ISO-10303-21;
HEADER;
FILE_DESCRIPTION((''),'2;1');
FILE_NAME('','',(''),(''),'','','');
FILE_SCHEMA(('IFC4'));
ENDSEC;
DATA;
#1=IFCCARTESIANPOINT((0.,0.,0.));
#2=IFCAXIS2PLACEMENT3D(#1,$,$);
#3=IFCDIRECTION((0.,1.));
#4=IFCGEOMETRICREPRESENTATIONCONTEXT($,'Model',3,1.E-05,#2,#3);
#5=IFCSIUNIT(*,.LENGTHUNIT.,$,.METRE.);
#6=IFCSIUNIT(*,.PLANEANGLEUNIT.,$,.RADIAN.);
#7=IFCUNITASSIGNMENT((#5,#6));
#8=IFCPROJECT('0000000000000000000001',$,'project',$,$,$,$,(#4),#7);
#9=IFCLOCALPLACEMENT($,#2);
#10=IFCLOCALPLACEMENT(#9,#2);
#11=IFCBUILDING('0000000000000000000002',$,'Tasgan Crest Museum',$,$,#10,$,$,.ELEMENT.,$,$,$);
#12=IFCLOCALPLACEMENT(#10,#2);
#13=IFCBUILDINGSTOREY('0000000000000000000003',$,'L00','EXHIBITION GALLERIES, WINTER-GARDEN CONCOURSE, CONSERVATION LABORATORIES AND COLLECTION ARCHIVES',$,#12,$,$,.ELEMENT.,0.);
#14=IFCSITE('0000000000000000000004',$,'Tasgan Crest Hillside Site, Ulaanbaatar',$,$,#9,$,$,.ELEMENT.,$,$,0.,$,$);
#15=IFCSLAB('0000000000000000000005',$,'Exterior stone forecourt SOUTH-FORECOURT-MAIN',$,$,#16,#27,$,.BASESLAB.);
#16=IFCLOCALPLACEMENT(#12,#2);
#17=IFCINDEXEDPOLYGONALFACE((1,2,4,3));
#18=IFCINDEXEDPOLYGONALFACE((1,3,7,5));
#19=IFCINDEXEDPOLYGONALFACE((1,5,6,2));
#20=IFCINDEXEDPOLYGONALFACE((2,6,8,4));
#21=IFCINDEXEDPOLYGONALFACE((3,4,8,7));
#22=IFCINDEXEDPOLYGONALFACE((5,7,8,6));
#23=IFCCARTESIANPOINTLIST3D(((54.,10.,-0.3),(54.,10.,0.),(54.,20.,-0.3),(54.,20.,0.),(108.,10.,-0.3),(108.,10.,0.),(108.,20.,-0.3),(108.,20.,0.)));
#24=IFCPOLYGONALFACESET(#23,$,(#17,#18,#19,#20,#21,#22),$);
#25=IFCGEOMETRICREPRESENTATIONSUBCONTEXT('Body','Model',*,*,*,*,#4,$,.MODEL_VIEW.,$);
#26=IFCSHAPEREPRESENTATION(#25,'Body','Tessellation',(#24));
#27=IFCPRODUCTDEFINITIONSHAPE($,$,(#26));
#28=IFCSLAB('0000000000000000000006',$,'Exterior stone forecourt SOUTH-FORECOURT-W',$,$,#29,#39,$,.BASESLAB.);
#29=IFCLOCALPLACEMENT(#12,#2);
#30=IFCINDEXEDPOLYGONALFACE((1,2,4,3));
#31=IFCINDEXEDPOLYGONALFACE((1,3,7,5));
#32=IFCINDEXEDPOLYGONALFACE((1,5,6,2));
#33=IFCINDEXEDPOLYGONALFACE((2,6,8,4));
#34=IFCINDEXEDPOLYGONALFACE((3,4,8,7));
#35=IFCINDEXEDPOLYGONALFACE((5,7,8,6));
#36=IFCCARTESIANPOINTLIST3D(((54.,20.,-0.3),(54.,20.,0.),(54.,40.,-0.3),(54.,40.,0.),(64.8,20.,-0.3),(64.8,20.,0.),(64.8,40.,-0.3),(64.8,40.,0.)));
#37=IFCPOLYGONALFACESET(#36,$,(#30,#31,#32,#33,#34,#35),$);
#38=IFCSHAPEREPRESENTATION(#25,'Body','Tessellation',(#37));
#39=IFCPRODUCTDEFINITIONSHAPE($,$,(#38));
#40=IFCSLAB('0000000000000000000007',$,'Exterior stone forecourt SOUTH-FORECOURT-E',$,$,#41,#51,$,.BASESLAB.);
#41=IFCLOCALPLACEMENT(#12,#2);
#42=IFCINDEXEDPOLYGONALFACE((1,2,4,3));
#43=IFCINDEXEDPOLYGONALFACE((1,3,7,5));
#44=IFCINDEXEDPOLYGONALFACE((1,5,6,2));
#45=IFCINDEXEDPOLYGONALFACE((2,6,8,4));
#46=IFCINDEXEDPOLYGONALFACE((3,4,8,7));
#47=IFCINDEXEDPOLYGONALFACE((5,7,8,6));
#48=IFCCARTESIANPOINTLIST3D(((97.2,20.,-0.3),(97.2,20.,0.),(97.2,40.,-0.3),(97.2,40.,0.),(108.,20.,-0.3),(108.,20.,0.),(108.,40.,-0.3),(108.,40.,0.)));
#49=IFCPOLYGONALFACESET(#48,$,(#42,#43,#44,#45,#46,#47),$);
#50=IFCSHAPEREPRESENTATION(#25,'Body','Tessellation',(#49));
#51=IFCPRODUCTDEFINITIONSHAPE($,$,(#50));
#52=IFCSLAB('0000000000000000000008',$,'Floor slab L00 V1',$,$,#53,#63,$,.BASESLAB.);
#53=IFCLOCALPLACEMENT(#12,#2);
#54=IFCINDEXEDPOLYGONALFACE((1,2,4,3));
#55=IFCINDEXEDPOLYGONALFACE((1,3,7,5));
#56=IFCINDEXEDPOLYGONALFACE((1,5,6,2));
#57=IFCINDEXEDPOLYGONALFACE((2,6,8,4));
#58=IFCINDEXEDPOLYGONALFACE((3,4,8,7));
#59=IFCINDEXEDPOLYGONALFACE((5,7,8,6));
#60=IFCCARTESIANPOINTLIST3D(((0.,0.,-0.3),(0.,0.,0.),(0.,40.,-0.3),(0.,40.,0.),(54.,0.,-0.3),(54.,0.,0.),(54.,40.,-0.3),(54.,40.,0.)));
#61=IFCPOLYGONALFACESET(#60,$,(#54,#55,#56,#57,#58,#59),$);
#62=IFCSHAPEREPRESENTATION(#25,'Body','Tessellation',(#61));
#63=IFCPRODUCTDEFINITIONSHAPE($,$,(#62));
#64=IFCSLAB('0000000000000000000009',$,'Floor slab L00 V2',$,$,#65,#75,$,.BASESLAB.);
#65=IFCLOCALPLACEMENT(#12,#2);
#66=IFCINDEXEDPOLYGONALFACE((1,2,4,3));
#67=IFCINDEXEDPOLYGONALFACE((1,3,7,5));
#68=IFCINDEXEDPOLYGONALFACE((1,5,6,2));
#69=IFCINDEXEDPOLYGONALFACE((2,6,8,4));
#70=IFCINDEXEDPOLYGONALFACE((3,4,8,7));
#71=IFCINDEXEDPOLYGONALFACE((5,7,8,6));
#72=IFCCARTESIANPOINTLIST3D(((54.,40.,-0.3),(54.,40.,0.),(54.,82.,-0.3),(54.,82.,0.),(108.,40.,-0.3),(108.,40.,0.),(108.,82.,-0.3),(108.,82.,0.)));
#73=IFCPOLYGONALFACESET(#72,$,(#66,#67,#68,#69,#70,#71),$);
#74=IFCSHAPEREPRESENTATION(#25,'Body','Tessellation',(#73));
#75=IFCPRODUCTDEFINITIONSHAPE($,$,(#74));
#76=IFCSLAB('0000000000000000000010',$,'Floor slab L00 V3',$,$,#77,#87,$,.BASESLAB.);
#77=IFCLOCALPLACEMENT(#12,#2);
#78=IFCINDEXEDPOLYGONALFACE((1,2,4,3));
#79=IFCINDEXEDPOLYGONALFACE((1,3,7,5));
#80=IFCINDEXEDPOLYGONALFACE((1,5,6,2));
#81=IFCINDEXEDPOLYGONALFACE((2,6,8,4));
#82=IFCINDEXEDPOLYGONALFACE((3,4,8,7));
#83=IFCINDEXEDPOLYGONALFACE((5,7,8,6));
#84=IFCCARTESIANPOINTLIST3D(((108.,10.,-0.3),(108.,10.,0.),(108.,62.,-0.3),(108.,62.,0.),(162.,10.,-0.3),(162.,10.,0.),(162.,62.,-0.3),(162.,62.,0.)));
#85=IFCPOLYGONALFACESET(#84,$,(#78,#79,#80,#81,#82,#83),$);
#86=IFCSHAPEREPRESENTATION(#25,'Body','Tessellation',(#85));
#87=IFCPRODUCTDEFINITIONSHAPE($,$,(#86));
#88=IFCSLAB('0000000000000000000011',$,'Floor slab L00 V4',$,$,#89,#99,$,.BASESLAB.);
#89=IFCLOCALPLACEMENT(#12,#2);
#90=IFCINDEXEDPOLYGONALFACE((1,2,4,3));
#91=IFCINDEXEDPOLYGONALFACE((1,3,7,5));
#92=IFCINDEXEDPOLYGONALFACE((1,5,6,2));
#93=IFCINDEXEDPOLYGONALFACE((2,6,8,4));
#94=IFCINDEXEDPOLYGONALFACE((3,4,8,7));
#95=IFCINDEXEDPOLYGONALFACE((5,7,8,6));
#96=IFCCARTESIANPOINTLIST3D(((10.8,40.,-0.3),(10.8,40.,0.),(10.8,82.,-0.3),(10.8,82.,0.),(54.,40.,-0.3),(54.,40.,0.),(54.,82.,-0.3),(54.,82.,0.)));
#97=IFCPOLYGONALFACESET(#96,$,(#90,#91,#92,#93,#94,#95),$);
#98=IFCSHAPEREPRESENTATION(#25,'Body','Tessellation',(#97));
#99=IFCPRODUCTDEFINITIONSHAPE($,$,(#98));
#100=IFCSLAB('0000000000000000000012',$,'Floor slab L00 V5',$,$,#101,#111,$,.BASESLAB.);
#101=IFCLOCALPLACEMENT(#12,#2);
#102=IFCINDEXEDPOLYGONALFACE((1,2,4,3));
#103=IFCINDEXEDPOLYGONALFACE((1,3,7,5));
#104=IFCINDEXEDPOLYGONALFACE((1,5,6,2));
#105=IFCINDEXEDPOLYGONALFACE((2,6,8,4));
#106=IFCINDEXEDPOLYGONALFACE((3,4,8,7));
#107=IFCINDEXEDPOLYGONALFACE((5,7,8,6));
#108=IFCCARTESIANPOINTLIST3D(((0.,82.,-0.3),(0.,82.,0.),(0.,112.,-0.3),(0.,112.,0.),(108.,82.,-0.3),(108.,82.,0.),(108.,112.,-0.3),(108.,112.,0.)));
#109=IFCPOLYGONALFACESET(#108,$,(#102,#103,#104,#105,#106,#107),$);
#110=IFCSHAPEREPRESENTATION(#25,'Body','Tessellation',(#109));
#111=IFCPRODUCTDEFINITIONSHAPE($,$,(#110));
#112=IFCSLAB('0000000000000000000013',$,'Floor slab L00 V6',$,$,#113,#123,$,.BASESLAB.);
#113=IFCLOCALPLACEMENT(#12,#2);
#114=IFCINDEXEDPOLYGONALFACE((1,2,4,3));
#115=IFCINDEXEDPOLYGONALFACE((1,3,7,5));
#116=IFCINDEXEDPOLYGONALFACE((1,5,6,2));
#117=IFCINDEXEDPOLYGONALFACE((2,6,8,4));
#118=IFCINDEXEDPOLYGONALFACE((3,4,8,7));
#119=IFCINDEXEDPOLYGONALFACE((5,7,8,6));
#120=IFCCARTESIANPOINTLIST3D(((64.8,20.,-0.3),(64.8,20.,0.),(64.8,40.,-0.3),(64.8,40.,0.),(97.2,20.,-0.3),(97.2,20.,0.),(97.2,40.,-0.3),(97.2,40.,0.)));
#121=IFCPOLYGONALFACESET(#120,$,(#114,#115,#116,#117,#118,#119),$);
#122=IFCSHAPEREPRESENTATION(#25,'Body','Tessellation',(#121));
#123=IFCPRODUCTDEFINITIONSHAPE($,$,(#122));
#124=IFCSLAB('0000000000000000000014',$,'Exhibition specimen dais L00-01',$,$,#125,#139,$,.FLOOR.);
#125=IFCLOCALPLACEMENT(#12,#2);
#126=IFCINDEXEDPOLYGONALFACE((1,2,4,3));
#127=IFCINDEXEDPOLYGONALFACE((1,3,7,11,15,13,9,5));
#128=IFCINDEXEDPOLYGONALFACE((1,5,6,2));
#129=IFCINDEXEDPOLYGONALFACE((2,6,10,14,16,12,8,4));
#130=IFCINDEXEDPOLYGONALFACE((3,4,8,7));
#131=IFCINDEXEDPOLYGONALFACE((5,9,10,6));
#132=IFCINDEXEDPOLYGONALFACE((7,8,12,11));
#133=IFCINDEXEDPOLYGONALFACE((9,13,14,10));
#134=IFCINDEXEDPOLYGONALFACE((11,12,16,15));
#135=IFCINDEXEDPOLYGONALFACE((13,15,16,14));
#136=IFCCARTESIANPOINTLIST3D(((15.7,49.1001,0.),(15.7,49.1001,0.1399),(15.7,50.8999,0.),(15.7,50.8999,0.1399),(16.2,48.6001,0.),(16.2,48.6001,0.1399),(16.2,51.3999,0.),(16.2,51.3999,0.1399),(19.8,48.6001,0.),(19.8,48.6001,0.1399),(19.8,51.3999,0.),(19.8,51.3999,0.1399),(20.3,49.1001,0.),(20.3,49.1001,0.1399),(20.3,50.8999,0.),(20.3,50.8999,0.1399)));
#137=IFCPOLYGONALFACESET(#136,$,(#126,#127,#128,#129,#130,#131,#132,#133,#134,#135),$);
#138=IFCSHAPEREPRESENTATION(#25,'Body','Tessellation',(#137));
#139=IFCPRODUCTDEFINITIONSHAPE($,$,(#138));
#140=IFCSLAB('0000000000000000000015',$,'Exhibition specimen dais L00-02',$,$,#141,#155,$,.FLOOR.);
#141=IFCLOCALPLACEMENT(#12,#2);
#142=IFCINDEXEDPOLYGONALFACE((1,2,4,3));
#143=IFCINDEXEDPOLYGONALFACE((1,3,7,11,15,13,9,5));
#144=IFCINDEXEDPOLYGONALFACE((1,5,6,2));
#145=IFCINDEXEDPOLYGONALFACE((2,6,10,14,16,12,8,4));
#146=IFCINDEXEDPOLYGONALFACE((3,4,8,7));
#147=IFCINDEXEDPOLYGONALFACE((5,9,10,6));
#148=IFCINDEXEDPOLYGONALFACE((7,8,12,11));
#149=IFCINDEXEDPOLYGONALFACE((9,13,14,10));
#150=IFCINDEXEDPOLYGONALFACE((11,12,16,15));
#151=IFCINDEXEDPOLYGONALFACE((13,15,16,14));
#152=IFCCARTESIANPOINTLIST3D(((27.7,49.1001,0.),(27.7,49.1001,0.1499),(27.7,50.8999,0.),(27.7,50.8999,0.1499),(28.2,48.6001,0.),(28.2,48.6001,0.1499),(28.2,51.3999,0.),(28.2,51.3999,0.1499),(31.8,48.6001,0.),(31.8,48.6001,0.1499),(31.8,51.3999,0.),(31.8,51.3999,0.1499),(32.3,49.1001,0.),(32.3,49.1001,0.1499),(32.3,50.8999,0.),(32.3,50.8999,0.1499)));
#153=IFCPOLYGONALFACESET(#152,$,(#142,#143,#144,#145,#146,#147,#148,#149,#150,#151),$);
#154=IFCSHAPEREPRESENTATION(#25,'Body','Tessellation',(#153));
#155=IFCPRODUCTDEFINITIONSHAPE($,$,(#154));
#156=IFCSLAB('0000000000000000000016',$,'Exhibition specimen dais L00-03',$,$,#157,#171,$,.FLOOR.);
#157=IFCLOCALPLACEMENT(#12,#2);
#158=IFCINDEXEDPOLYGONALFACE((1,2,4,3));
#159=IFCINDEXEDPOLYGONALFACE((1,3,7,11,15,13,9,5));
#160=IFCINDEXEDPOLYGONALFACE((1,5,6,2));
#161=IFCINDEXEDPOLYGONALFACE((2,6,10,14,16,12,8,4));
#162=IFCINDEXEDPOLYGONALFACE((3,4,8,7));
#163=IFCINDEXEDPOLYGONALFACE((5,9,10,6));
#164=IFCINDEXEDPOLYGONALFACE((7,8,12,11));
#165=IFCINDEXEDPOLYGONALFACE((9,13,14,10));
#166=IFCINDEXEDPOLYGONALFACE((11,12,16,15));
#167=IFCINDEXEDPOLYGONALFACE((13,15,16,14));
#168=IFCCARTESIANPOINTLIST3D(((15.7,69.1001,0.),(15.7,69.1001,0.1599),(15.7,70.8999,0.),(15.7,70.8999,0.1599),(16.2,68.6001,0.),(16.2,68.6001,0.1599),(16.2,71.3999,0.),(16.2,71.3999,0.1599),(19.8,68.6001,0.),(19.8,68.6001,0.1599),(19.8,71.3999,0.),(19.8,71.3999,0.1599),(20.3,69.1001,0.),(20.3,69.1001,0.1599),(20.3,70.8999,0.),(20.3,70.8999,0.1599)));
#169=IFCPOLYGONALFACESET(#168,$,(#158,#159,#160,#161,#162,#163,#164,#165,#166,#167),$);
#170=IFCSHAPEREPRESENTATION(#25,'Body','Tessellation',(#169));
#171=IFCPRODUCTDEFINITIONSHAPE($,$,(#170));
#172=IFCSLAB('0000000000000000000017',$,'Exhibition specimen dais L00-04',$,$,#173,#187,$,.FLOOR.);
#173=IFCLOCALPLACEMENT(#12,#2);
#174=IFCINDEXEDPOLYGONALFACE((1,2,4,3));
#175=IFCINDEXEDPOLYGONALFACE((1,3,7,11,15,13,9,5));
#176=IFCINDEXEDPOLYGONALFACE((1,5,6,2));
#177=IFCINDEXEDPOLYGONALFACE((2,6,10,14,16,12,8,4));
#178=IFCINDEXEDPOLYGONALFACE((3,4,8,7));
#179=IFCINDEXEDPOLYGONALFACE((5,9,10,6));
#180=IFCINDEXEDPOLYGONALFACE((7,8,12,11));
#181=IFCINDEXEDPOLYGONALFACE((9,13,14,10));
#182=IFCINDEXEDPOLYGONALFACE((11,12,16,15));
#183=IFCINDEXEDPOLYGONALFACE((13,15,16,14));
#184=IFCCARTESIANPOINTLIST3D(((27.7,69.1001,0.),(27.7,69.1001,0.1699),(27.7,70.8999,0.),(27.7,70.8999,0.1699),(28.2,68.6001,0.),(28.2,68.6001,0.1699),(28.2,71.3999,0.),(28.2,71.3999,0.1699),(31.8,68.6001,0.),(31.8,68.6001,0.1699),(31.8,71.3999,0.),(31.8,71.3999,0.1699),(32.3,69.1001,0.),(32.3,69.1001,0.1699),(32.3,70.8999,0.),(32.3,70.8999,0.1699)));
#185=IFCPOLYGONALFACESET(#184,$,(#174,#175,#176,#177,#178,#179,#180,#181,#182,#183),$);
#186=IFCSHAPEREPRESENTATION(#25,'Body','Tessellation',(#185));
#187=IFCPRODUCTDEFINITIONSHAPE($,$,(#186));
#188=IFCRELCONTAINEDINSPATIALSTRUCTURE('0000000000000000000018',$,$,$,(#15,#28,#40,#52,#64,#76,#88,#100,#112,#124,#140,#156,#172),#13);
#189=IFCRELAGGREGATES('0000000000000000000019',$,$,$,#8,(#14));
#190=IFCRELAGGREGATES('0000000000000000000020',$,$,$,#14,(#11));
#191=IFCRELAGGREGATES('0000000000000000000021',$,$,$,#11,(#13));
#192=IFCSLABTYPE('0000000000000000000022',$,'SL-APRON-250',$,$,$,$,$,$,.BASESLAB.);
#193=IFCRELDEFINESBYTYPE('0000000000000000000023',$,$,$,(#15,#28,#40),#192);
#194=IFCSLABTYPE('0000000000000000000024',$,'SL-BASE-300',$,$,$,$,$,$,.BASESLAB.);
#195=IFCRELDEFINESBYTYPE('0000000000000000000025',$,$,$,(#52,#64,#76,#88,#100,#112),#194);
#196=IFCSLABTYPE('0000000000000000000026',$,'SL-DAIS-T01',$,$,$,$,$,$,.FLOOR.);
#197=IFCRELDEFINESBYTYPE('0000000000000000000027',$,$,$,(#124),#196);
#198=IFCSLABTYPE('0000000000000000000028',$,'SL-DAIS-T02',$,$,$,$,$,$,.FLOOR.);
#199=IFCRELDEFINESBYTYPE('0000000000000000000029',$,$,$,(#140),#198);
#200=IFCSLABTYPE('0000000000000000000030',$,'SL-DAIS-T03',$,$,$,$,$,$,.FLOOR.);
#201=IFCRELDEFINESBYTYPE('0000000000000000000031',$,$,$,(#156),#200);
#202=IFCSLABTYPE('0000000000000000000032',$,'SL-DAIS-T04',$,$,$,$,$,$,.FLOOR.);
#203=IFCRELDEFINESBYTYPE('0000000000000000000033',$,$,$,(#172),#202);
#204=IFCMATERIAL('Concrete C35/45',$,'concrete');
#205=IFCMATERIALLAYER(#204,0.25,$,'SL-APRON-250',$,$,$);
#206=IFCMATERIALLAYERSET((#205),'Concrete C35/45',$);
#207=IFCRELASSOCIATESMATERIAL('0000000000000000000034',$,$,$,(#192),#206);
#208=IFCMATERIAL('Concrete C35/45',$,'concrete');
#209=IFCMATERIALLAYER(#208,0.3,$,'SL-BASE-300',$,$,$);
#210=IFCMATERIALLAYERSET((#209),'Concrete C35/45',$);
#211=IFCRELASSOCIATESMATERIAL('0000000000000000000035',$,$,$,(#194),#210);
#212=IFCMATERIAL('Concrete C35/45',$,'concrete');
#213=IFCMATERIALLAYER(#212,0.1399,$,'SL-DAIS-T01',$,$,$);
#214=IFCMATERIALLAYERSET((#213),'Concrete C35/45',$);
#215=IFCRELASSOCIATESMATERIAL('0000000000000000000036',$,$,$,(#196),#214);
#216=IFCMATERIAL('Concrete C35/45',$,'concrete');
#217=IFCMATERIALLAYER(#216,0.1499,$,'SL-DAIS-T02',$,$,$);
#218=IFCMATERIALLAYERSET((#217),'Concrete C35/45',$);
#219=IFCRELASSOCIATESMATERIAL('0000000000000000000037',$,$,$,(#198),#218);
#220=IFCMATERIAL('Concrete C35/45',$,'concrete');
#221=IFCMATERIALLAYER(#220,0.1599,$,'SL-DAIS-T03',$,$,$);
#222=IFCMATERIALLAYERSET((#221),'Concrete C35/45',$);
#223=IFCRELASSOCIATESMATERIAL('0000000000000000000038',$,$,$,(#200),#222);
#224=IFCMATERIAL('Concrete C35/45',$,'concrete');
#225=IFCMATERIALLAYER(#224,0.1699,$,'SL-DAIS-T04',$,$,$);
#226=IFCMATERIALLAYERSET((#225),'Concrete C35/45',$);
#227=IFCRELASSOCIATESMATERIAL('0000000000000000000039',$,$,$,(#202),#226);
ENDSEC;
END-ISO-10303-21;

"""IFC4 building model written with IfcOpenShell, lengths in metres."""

from ifc_helpers import new_model, si_unit, direction, frame, origin, place, context, subcontext, project, spatial, polyline, outline, extrude, material, layer, layer_set, type_object, element, save


model = new_model("IFC4")

# Units and contexts
model_context = context("Model", 3, precision=1e-05, world=origin(), true_north=direction((0.0, 1.0)))
body_context = subcontext(model_context, "Body", "Model", "MODEL_VIEW")
ifc_project = project(units=[si_unit("LENGTHUNIT", "METRE"), si_unit("PLANEANGLEUNIT", "RADIAN")], contexts=[model_context])

# Site, building, storey
site_placement = place(None, origin())
site = spatial("IfcSite", under=ifc_project, at=site_placement, Name="Tasgan Crest Hillside Site, Ulaanbaatar", CompositionType="ELEMENT", RefElevation=0.0)
building_placement = place(site_placement, origin())
building = spatial("IfcBuilding", under=site, at=building_placement, Name="Tasgan Crest Museum", CompositionType="ELEMENT")
storey_placement = place(building_placement, origin())
storey = spatial("IfcBuildingStorey", under=building, at=storey_placement, Name="L00", Description="EXHIBITION GALLERIES, WINTER-GARDEN CONCOURSE, CONSERVATION LABORATORIES AND COLLECTION ARCHIVES", CompositionType="ELEMENT", Elevation=0.0)

# Slabs
ifc_material_1 = material(Name="Concrete C35/45", Category="concrete")
ifc_layer_1 = layer(ifc_material_1, 0.25, Name="SL-APRON-250")
ifc_layer_set_1 = layer_set([ifc_layer_1], Name="Concrete C35/45")
slab_type_1 = type_object("IfcSlabType", Name="SL-APRON-250", PredefinedType="BASESLAB", material=ifc_layer_set_1)
slab_1_placement = place(storey_placement, frame((0.0, 0.0, -0.3)))
element("IfcSlab", 1, at=slab_1_placement, inside=storey, type_object=slab_type_1, Name="Exterior stone forecourt SOUTH-FORECOURT-MAIN", PredefinedType="BASESLAB", context=body_context, shape_type="SweptSolid", body=[
    extrude(outline(polyline([(54.0, 10.0), (108.0, 10.0), (108.0, 20.0), (54.0, 20.0), (54.0, 10.0)])), origin(), (0.0, 0.0, 1.0), 0.3),
])
slab_2_placement = place(storey_placement, frame((0.0, 0.0, -0.3)))
element("IfcSlab", 2, at=slab_2_placement, inside=storey, type_object=slab_type_1, Name="Exterior stone forecourt SOUTH-FORECOURT-W", PredefinedType="BASESLAB", context=body_context, shape_type="SweptSolid", body=[
    extrude(outline(polyline([(54.0, 20.0), (64.8, 20.0), (64.8, 40.0), (54.0, 40.0), (54.0, 20.0)])), origin(), (0.0, 0.0, 1.0), 0.3),
])
slab_3_placement = place(storey_placement, frame((0.0, 0.0, -0.3)))
element("IfcSlab", 3, at=slab_3_placement, inside=storey, type_object=slab_type_1, Name="Exterior stone forecourt SOUTH-FORECOURT-E", PredefinedType="BASESLAB", context=body_context, shape_type="SweptSolid", body=[
    extrude(outline(polyline([(97.2, 20.0), (108.0, 20.0), (108.0, 40.0), (97.2, 40.0), (97.2, 20.0)])), origin(), (0.0, 0.0, 1.0), 0.3),
])
ifc_material_2 = material(Name="Concrete C35/45", Category="concrete")
ifc_layer_2 = layer(ifc_material_2, 0.3, Name="SL-BASE-300")
ifc_layer_set_2 = layer_set([ifc_layer_2], Name="Concrete C35/45")
slab_type_2 = type_object("IfcSlabType", Name="SL-BASE-300", PredefinedType="BASESLAB", material=ifc_layer_set_2)
slab_4_placement = place(storey_placement, frame((0.0, 0.0, -0.3)))
element("IfcSlab", 4, at=slab_4_placement, inside=storey, type_object=slab_type_2, Name="Floor slab L00 V1", PredefinedType="BASESLAB", context=body_context, shape_type="SweptSolid", body=[
    extrude(outline(polyline([(0.0, 0.0), (54.0, 0.0), (54.0, 40.0), (0.0, 40.0), (0.0, 0.0)])), origin(), (0.0, 0.0, 1.0), 0.3),
])
slab_5_placement = place(storey_placement, frame((0.0, 0.0, -0.3)))
element("IfcSlab", 5, at=slab_5_placement, inside=storey, type_object=slab_type_2, Name="Floor slab L00 V2", PredefinedType="BASESLAB", context=body_context, shape_type="SweptSolid", body=[
    extrude(outline(polyline([(54.0, 40.0), (108.0, 40.0), (108.0, 82.0), (54.0, 82.0), (54.0, 40.0)])), origin(), (0.0, 0.0, 1.0), 0.3),
])
slab_6_placement = place(storey_placement, frame((0.0, 0.0, -0.3)))
element("IfcSlab", 6, at=slab_6_placement, inside=storey, type_object=slab_type_2, Name="Floor slab L00 V3", PredefinedType="BASESLAB", context=body_context, shape_type="SweptSolid", body=[
    extrude(outline(polyline([(108.0, 10.0), (162.0, 10.0), (162.0, 62.0), (108.0, 62.0), (108.0, 10.0)])), origin(), (0.0, 0.0, 1.0), 0.3),
])
slab_7_placement = place(storey_placement, frame((0.0, 0.0, -0.3)))
element("IfcSlab", 7, at=slab_7_placement, inside=storey, type_object=slab_type_2, Name="Floor slab L00 V4", PredefinedType="BASESLAB", context=body_context, shape_type="SweptSolid", body=[
    extrude(outline(polyline([(10.8, 40.0), (54.0, 40.0), (54.0, 82.0), (10.8, 82.0), (10.8, 40.0)])), origin(), (0.0, 0.0, 1.0), 0.3),
])
slab_8_placement = place(storey_placement, frame((0.0, 0.0, -0.3)))
element("IfcSlab", 8, at=slab_8_placement, inside=storey, type_object=slab_type_2, Name="Floor slab L00 V5", PredefinedType="BASESLAB", context=body_context, shape_type="SweptSolid", body=[
    extrude(outline(polyline([(0.0, 82.0), (108.0, 82.0), (108.0, 112.0), (0.0, 112.0), (0.0, 82.0)])), origin(), (0.0, 0.0, 1.0), 0.3),
])
slab_9_placement = place(storey_placement, frame((0.0, 0.0, -0.3)))
element("IfcSlab", 9, at=slab_9_placement, inside=storey, type_object=slab_type_2, Name="Floor slab L00 V6", PredefinedType="BASESLAB", context=body_context, shape_type="SweptSolid", body=[
    extrude(outline(polyline([(64.8, 20.0), (97.2, 20.0), (97.2, 40.0), (64.8, 40.0), (64.8, 20.0)])), origin(), (0.0, 0.0, 1.0), 0.3),
])
ifc_material_3 = material(Name="Concrete C35/45", Category="concrete")
ifc_layer_3 = layer(ifc_material_3, 0.1399, Name="SL-DAIS-T01")
ifc_layer_set_3 = layer_set([ifc_layer_3], Name="Concrete C35/45")
slab_type_3 = type_object("IfcSlabType", Name="SL-DAIS-T01", PredefinedType="FLOOR", material=ifc_layer_set_3)
slab_10_placement = place(storey_placement, origin())
element("IfcSlab", 10, at=slab_10_placement, inside=storey, type_object=slab_type_3, Name="Exhibition specimen dais L00-01", PredefinedType="FLOOR", context=body_context, shape_type="SweptSolid", body=[
    extrude(outline(polyline([(16.2, 48.6001), (19.8, 48.6001), (20.3, 49.1001), (20.3, 50.8999), (19.8, 51.3999), (16.2, 51.3999), (15.7, 50.8999), (15.7, 49.1001), (16.2, 48.6001)])), origin(), (0.0, 0.0, 1.0), 0.1399),
])
ifc_material_4 = material(Name="Concrete C35/45", Category="concrete")
ifc_layer_4 = layer(ifc_material_4, 0.1499, Name="SL-DAIS-T02")
ifc_layer_set_4 = layer_set([ifc_layer_4], Name="Concrete C35/45")
slab_type_4 = type_object("IfcSlabType", Name="SL-DAIS-T02", PredefinedType="FLOOR", material=ifc_layer_set_4)
slab_11_placement = place(storey_placement, origin())
element("IfcSlab", 11, at=slab_11_placement, inside=storey, type_object=slab_type_4, Name="Exhibition specimen dais L00-02", PredefinedType="FLOOR", context=body_context, shape_type="SweptSolid", body=[
    extrude(outline(polyline([(28.2, 48.6001), (31.8, 48.6001), (32.3, 49.1001), (32.3, 50.8999), (31.8, 51.3999), (28.2, 51.3999), (27.7, 50.8999), (27.7, 49.1001), (28.2, 48.6001)])), origin(), (0.0, 0.0, 1.0), 0.1499),
])
ifc_material_5 = material(Name="Concrete C35/45", Category="concrete")
ifc_layer_5 = layer(ifc_material_5, 0.1599, Name="SL-DAIS-T03")
ifc_layer_set_5 = layer_set([ifc_layer_5], Name="Concrete C35/45")
slab_type_5 = type_object("IfcSlabType", Name="SL-DAIS-T03", PredefinedType="FLOOR", material=ifc_layer_set_5)
slab_12_placement = place(storey_placement, origin())
element("IfcSlab", 12, at=slab_12_placement, inside=storey, type_object=slab_type_5, Name="Exhibition specimen dais L00-03", PredefinedType="FLOOR", context=body_context, shape_type="SweptSolid", body=[
    extrude(outline(polyline([(16.2, 68.6001), (19.8, 68.6001), (20.3, 69.1001), (20.3, 70.8999), (19.8, 71.3999), (16.2, 71.3999), (15.7, 70.8999), (15.7, 69.1001), (16.2, 68.6001)])), origin(), (0.0, 0.0, 1.0), 0.1599),
])
ifc_material_6 = material(Name="Concrete C35/45", Category="concrete")
ifc_layer_6 = layer(ifc_material_6, 0.1699, Name="SL-DAIS-T04")
ifc_layer_set_6 = layer_set([ifc_layer_6], Name="Concrete C35/45")
slab_type_6 = type_object("IfcSlabType", Name="SL-DAIS-T04", PredefinedType="FLOOR", material=ifc_layer_set_6)
slab_13_placement = place(storey_placement, origin())
element("IfcSlab", 13, at=slab_13_placement, inside=storey, type_object=slab_type_6, Name="Exhibition specimen dais L00-04", PredefinedType="FLOOR", context=body_context, shape_type="SweptSolid", body=[
    extrude(outline(polyline([(28.2, 68.6001), (31.8, 68.6001), (32.3, 69.1001), (32.3, 70.8999), (31.8, 71.3999), (28.2, 71.3999), (27.7, 70.8999), (27.7, 69.1001), (28.2, 68.6001)])), origin(), (0.0, 0.0, 1.0), 0.1699),
])

save(model, "model.ifc")
